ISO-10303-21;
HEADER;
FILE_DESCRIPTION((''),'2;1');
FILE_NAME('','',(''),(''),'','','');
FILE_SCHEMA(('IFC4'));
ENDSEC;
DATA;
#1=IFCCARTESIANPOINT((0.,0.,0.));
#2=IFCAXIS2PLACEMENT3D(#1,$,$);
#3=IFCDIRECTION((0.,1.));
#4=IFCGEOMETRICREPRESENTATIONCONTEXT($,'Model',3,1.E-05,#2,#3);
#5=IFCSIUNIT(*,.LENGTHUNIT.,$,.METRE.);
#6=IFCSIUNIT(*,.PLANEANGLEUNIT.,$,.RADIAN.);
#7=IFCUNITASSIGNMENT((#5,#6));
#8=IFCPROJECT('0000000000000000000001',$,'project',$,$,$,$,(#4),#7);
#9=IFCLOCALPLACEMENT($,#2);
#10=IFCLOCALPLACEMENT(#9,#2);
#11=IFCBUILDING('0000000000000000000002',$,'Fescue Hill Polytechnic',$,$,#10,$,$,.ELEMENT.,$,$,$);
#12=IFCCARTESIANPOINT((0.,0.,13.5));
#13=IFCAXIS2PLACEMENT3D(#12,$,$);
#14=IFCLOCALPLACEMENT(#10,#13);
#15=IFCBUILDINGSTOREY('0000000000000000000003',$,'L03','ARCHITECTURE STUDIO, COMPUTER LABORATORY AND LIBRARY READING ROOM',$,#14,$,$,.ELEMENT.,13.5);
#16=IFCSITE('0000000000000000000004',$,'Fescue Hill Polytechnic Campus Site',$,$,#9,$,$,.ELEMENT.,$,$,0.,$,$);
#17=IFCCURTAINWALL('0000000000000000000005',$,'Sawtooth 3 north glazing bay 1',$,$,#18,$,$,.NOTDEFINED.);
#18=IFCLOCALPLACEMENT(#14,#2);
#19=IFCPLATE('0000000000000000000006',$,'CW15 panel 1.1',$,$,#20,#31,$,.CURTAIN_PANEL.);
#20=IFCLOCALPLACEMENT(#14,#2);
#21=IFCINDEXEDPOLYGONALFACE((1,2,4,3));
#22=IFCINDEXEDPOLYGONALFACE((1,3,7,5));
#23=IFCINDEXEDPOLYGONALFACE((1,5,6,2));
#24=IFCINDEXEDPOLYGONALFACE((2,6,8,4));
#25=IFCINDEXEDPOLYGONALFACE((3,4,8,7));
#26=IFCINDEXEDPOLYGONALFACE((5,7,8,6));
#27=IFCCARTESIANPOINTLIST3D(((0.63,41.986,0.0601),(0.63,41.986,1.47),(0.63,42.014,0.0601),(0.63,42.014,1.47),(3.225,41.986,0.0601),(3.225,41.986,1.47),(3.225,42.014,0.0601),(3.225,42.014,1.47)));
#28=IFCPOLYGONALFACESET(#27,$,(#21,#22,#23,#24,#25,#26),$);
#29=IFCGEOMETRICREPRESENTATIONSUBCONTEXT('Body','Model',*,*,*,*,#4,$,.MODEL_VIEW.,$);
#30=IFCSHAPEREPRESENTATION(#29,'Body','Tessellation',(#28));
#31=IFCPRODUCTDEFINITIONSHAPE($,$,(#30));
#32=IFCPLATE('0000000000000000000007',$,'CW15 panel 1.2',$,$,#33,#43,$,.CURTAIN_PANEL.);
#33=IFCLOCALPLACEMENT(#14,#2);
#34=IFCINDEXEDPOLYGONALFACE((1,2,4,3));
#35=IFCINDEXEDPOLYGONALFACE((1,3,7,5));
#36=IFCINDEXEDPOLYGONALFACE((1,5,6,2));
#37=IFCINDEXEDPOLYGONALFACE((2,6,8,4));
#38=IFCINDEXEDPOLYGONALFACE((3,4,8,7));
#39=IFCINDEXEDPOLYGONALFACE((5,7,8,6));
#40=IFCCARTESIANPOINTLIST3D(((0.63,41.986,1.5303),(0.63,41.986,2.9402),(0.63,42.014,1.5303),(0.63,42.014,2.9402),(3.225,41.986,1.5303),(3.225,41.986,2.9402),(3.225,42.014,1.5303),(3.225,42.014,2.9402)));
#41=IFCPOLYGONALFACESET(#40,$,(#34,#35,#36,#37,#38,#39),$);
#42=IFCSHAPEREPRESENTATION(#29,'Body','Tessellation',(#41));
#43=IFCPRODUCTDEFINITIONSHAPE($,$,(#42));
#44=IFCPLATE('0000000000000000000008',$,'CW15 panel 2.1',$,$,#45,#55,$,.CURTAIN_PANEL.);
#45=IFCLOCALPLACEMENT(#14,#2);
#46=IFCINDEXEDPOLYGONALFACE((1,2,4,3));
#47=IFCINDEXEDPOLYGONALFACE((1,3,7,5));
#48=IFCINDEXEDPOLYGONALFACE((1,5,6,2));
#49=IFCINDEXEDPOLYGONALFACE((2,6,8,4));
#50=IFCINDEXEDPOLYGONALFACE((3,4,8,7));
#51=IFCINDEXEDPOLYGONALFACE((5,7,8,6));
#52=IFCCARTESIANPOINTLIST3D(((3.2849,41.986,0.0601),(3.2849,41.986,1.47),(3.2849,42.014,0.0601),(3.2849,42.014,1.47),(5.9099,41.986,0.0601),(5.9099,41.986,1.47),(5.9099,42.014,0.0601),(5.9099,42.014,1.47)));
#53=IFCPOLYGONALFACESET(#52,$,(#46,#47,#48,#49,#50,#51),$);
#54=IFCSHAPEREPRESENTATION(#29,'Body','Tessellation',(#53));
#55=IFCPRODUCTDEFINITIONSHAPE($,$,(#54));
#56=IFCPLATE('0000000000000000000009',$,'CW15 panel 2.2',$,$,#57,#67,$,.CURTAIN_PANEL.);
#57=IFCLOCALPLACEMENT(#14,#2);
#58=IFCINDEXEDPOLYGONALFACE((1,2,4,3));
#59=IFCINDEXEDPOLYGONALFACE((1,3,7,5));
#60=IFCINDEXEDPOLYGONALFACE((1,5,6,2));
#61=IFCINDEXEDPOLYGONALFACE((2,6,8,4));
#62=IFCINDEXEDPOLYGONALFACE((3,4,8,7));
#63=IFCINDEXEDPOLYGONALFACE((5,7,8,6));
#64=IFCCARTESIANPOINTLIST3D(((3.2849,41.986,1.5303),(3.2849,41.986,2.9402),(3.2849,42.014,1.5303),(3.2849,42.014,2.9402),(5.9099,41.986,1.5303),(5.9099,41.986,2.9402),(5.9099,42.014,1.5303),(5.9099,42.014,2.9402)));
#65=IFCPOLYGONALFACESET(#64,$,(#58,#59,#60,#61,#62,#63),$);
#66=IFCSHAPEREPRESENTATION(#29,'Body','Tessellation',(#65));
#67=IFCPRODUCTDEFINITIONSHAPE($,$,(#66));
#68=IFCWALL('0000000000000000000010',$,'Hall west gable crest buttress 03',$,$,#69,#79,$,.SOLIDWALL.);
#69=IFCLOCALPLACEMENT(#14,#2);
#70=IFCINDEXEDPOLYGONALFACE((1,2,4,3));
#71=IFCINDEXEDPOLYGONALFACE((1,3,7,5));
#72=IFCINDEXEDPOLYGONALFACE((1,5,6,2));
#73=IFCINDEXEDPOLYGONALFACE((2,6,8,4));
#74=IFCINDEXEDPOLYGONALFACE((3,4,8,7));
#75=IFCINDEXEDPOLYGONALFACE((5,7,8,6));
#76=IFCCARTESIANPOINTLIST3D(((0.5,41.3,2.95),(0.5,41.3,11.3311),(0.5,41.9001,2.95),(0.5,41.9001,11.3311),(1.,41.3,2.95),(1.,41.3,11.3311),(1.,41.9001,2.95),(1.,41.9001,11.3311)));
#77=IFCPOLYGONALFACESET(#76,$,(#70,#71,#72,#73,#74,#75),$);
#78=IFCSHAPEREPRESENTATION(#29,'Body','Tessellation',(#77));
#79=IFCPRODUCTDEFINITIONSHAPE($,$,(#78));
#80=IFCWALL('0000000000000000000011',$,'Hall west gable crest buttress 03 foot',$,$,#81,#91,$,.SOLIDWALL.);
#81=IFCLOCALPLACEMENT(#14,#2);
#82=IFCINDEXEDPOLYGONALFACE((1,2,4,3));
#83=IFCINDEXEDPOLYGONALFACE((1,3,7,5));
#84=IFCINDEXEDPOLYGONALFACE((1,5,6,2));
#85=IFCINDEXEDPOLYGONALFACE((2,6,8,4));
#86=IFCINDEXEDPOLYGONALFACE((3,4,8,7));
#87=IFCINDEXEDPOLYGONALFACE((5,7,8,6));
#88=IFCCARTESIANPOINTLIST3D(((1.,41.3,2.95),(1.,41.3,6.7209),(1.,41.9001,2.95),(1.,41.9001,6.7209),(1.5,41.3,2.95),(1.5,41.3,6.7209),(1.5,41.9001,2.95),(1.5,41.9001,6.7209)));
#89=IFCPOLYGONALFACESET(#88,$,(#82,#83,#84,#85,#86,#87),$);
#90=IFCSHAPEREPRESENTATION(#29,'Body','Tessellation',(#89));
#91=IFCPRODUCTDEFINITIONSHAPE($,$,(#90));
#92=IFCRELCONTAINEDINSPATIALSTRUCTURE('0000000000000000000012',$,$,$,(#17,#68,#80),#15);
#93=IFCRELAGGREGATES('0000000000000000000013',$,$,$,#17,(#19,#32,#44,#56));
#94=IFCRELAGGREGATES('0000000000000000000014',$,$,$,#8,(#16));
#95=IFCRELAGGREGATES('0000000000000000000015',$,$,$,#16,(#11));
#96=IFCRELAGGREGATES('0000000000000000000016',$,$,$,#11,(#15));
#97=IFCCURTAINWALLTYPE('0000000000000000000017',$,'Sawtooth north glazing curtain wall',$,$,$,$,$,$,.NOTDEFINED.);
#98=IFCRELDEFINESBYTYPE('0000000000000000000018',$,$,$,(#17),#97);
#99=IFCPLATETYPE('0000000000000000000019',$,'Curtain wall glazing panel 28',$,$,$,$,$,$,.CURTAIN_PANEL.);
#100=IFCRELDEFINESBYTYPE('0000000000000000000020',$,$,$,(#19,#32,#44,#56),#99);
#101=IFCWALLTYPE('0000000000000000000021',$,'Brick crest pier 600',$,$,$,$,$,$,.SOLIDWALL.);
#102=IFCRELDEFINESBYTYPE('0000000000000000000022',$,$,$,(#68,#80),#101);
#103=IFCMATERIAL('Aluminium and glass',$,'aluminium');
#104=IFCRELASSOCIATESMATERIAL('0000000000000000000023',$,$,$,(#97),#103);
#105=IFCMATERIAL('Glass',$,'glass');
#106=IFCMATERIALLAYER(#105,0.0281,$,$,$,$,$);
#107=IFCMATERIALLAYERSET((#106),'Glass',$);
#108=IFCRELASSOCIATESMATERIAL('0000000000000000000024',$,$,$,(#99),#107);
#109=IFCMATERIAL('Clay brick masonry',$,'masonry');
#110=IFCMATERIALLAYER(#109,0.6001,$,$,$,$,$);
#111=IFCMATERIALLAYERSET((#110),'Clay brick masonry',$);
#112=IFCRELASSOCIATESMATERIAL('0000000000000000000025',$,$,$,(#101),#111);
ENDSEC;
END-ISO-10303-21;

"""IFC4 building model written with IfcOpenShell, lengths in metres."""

from ifc_helpers import new_model, si_unit, direction, frame, frame_2d, origin, origin_2d, place, context, subcontext, project, spatial, rectangle, extrude, material, layer, layer_set, type_object, element, aggregate, save


model = new_model("IFC4")

# Units and contexts
model_context = context("Model", 3, precision=1e-05, world=origin(), true_north=direction((0.0, 1.0)))
body_context = subcontext(model_context, "Body", "Model", "MODEL_VIEW")
ifc_project = project(units=[si_unit("LENGTHUNIT", "METRE"), si_unit("PLANEANGLEUNIT", "RADIAN")], contexts=[model_context])

# Site, building, storey
site_placement = place(None, origin())
site = spatial("IfcSite", under=ifc_project, at=site_placement, Name="Fescue Hill Polytechnic Campus Site", CompositionType="ELEMENT", RefElevation=0.0)
building_placement = place(site_placement, origin())
building = spatial("IfcBuilding", under=site, at=building_placement, Name="Fescue Hill Polytechnic", CompositionType="ELEMENT")
storey_placement = place(building_placement, frame((0.0, 0.0, 13.5)))
storey = spatial("IfcBuildingStorey", under=building, at=storey_placement, Name="L03", Description="ARCHITECTURE STUDIO, COMPUTER LABORATORY AND LIBRARY READING ROOM", CompositionType="ELEMENT", Elevation=13.5)

# Curtain wall
ifc_material_1 = material(Name="Aluminium and glass", Category="aluminium")
curtain_wall_type = type_object("IfcCurtainWallType", Name="Sawtooth north glazing curtain wall", PredefinedType="NOTDEFINED", material=ifc_material_1)
curtain_wall_placement = place(storey_placement, origin())
curtain_wall = element("IfcCurtainWall", 1, at=curtain_wall_placement, inside=storey, type_object=curtain_wall_type, Name="Sawtooth 3 north glazing bay 1", PredefinedType="NOTDEFINED")

# Plates
ifc_material_2 = material(Name="Glass", Category="glass")
ifc_layer_1 = layer(ifc_material_2, 0.0281)
ifc_layer_set_1 = layer_set([ifc_layer_1], Name="Glass")
plate_type = type_object("IfcPlateType", Name="Curtain wall glazing panel 28", PredefinedType="CURTAIN_PANEL", material=ifc_layer_set_1)
plate_1_placement = place(storey_placement, frame((1.9275, 42.0, 0.0601), z_axis=(0.0, 0.0, 1.0), x_axis=(1.0, 0.0, 0.0)))
plate_1 = element("IfcPlate", 2, at=plate_1_placement, type_object=plate_type, Name="CW15 panel 1.1", PredefinedType="CURTAIN_PANEL", context=body_context, shape_type="SweptSolid", body=[
    extrude(rectangle(XDim=2.595, YDim=0.0281, at=origin_2d()), origin(), (0.0, 0.0, 1.0), 1.4099),
])
plate_2_placement = place(storey_placement, frame((1.9275, 42.0, 1.5303), z_axis=(0.0, 0.0, 1.0), x_axis=(1.0, 0.0, 0.0)))
plate_2 = element("IfcPlate", 3, at=plate_2_placement, type_object=plate_type, Name="CW15 panel 1.2", PredefinedType="CURTAIN_PANEL", context=body_context, shape_type="SweptSolid", body=[
    extrude(rectangle(XDim=2.595, YDim=0.0281, at=origin_2d()), origin(), (0.0, 0.0, 1.0), 1.4099),
])
plate_3_placement = place(storey_placement, frame((4.5974, 42.0, 0.0601), z_axis=(0.0, 0.0, 1.0), x_axis=(1.0, 0.0, 0.0)))
plate_3 = element("IfcPlate", 4, at=plate_3_placement, type_object=plate_type, Name="CW15 panel 2.1", PredefinedType="CURTAIN_PANEL", context=body_context, shape_type="SweptSolid", body=[
    extrude(rectangle(XDim=2.625, YDim=0.0281, at=origin_2d()), origin(), (0.0, 0.0, 1.0), 1.4099),
])
plate_4_placement = place(storey_placement, frame((4.5974, 42.0, 1.5303), z_axis=(0.0, 0.0, 1.0), x_axis=(1.0, 0.0, 0.0)))
plate_4 = element("IfcPlate", 5, at=plate_4_placement, type_object=plate_type, Name="CW15 panel 2.2", PredefinedType="CURTAIN_PANEL", context=body_context, shape_type="SweptSolid", body=[
    extrude(rectangle(XDim=2.625, YDim=0.0281, at=origin_2d()), origin(), (0.0, 0.0, 1.0), 1.4099),
])
aggregate(curtain_wall, [plate_1, plate_2, plate_3, plate_4])

# Walls
ifc_material_3 = material(Name="Clay brick masonry", Category="masonry")
ifc_layer_2 = layer(ifc_material_3, 0.6001)
ifc_layer_set_2 = layer_set([ifc_layer_2], Name="Clay brick masonry")
wall_type = type_object("IfcWallType", Name="Brick crest pier 600", PredefinedType="SOLIDWALL", material=ifc_layer_set_2)
wall_1_placement = place(storey_placement, frame((0.5, 41.6001, 2.95), z_axis=(0.0, 0.0, 1.0), x_axis=(1.0, 0.0, 0.0)))
element("IfcWall", 6, at=wall_1_placement, inside=storey, type_object=wall_type, Name="Hall west gable crest buttress 03", PredefinedType="SOLIDWALL", context=body_context, shape_type="SweptSolid", body=[
    extrude(rectangle(XDim=0.5, YDim=0.6001, at=frame_2d((0.25, 0.0))), origin(), (0.0, 0.0, 1.0), 8.3811),
])
wall_2_placement = place(storey_placement, frame((1.0, 41.6001, 2.95), z_axis=(0.0, 0.0, 1.0), x_axis=(1.0, 0.0, 0.0)))
element("IfcWall", 7, at=wall_2_placement, inside=storey, type_object=wall_type, Name="Hall west gable crest buttress 03 foot", PredefinedType="SOLIDWALL", context=body_context, shape_type="SweptSolid", body=[
    extrude(rectangle(XDim=0.5, YDim=0.6001, at=frame_2d((0.25, 0.0))), origin(), (0.0, 0.0, 1.0), 3.771),
])

save(model, "model.ifc")
